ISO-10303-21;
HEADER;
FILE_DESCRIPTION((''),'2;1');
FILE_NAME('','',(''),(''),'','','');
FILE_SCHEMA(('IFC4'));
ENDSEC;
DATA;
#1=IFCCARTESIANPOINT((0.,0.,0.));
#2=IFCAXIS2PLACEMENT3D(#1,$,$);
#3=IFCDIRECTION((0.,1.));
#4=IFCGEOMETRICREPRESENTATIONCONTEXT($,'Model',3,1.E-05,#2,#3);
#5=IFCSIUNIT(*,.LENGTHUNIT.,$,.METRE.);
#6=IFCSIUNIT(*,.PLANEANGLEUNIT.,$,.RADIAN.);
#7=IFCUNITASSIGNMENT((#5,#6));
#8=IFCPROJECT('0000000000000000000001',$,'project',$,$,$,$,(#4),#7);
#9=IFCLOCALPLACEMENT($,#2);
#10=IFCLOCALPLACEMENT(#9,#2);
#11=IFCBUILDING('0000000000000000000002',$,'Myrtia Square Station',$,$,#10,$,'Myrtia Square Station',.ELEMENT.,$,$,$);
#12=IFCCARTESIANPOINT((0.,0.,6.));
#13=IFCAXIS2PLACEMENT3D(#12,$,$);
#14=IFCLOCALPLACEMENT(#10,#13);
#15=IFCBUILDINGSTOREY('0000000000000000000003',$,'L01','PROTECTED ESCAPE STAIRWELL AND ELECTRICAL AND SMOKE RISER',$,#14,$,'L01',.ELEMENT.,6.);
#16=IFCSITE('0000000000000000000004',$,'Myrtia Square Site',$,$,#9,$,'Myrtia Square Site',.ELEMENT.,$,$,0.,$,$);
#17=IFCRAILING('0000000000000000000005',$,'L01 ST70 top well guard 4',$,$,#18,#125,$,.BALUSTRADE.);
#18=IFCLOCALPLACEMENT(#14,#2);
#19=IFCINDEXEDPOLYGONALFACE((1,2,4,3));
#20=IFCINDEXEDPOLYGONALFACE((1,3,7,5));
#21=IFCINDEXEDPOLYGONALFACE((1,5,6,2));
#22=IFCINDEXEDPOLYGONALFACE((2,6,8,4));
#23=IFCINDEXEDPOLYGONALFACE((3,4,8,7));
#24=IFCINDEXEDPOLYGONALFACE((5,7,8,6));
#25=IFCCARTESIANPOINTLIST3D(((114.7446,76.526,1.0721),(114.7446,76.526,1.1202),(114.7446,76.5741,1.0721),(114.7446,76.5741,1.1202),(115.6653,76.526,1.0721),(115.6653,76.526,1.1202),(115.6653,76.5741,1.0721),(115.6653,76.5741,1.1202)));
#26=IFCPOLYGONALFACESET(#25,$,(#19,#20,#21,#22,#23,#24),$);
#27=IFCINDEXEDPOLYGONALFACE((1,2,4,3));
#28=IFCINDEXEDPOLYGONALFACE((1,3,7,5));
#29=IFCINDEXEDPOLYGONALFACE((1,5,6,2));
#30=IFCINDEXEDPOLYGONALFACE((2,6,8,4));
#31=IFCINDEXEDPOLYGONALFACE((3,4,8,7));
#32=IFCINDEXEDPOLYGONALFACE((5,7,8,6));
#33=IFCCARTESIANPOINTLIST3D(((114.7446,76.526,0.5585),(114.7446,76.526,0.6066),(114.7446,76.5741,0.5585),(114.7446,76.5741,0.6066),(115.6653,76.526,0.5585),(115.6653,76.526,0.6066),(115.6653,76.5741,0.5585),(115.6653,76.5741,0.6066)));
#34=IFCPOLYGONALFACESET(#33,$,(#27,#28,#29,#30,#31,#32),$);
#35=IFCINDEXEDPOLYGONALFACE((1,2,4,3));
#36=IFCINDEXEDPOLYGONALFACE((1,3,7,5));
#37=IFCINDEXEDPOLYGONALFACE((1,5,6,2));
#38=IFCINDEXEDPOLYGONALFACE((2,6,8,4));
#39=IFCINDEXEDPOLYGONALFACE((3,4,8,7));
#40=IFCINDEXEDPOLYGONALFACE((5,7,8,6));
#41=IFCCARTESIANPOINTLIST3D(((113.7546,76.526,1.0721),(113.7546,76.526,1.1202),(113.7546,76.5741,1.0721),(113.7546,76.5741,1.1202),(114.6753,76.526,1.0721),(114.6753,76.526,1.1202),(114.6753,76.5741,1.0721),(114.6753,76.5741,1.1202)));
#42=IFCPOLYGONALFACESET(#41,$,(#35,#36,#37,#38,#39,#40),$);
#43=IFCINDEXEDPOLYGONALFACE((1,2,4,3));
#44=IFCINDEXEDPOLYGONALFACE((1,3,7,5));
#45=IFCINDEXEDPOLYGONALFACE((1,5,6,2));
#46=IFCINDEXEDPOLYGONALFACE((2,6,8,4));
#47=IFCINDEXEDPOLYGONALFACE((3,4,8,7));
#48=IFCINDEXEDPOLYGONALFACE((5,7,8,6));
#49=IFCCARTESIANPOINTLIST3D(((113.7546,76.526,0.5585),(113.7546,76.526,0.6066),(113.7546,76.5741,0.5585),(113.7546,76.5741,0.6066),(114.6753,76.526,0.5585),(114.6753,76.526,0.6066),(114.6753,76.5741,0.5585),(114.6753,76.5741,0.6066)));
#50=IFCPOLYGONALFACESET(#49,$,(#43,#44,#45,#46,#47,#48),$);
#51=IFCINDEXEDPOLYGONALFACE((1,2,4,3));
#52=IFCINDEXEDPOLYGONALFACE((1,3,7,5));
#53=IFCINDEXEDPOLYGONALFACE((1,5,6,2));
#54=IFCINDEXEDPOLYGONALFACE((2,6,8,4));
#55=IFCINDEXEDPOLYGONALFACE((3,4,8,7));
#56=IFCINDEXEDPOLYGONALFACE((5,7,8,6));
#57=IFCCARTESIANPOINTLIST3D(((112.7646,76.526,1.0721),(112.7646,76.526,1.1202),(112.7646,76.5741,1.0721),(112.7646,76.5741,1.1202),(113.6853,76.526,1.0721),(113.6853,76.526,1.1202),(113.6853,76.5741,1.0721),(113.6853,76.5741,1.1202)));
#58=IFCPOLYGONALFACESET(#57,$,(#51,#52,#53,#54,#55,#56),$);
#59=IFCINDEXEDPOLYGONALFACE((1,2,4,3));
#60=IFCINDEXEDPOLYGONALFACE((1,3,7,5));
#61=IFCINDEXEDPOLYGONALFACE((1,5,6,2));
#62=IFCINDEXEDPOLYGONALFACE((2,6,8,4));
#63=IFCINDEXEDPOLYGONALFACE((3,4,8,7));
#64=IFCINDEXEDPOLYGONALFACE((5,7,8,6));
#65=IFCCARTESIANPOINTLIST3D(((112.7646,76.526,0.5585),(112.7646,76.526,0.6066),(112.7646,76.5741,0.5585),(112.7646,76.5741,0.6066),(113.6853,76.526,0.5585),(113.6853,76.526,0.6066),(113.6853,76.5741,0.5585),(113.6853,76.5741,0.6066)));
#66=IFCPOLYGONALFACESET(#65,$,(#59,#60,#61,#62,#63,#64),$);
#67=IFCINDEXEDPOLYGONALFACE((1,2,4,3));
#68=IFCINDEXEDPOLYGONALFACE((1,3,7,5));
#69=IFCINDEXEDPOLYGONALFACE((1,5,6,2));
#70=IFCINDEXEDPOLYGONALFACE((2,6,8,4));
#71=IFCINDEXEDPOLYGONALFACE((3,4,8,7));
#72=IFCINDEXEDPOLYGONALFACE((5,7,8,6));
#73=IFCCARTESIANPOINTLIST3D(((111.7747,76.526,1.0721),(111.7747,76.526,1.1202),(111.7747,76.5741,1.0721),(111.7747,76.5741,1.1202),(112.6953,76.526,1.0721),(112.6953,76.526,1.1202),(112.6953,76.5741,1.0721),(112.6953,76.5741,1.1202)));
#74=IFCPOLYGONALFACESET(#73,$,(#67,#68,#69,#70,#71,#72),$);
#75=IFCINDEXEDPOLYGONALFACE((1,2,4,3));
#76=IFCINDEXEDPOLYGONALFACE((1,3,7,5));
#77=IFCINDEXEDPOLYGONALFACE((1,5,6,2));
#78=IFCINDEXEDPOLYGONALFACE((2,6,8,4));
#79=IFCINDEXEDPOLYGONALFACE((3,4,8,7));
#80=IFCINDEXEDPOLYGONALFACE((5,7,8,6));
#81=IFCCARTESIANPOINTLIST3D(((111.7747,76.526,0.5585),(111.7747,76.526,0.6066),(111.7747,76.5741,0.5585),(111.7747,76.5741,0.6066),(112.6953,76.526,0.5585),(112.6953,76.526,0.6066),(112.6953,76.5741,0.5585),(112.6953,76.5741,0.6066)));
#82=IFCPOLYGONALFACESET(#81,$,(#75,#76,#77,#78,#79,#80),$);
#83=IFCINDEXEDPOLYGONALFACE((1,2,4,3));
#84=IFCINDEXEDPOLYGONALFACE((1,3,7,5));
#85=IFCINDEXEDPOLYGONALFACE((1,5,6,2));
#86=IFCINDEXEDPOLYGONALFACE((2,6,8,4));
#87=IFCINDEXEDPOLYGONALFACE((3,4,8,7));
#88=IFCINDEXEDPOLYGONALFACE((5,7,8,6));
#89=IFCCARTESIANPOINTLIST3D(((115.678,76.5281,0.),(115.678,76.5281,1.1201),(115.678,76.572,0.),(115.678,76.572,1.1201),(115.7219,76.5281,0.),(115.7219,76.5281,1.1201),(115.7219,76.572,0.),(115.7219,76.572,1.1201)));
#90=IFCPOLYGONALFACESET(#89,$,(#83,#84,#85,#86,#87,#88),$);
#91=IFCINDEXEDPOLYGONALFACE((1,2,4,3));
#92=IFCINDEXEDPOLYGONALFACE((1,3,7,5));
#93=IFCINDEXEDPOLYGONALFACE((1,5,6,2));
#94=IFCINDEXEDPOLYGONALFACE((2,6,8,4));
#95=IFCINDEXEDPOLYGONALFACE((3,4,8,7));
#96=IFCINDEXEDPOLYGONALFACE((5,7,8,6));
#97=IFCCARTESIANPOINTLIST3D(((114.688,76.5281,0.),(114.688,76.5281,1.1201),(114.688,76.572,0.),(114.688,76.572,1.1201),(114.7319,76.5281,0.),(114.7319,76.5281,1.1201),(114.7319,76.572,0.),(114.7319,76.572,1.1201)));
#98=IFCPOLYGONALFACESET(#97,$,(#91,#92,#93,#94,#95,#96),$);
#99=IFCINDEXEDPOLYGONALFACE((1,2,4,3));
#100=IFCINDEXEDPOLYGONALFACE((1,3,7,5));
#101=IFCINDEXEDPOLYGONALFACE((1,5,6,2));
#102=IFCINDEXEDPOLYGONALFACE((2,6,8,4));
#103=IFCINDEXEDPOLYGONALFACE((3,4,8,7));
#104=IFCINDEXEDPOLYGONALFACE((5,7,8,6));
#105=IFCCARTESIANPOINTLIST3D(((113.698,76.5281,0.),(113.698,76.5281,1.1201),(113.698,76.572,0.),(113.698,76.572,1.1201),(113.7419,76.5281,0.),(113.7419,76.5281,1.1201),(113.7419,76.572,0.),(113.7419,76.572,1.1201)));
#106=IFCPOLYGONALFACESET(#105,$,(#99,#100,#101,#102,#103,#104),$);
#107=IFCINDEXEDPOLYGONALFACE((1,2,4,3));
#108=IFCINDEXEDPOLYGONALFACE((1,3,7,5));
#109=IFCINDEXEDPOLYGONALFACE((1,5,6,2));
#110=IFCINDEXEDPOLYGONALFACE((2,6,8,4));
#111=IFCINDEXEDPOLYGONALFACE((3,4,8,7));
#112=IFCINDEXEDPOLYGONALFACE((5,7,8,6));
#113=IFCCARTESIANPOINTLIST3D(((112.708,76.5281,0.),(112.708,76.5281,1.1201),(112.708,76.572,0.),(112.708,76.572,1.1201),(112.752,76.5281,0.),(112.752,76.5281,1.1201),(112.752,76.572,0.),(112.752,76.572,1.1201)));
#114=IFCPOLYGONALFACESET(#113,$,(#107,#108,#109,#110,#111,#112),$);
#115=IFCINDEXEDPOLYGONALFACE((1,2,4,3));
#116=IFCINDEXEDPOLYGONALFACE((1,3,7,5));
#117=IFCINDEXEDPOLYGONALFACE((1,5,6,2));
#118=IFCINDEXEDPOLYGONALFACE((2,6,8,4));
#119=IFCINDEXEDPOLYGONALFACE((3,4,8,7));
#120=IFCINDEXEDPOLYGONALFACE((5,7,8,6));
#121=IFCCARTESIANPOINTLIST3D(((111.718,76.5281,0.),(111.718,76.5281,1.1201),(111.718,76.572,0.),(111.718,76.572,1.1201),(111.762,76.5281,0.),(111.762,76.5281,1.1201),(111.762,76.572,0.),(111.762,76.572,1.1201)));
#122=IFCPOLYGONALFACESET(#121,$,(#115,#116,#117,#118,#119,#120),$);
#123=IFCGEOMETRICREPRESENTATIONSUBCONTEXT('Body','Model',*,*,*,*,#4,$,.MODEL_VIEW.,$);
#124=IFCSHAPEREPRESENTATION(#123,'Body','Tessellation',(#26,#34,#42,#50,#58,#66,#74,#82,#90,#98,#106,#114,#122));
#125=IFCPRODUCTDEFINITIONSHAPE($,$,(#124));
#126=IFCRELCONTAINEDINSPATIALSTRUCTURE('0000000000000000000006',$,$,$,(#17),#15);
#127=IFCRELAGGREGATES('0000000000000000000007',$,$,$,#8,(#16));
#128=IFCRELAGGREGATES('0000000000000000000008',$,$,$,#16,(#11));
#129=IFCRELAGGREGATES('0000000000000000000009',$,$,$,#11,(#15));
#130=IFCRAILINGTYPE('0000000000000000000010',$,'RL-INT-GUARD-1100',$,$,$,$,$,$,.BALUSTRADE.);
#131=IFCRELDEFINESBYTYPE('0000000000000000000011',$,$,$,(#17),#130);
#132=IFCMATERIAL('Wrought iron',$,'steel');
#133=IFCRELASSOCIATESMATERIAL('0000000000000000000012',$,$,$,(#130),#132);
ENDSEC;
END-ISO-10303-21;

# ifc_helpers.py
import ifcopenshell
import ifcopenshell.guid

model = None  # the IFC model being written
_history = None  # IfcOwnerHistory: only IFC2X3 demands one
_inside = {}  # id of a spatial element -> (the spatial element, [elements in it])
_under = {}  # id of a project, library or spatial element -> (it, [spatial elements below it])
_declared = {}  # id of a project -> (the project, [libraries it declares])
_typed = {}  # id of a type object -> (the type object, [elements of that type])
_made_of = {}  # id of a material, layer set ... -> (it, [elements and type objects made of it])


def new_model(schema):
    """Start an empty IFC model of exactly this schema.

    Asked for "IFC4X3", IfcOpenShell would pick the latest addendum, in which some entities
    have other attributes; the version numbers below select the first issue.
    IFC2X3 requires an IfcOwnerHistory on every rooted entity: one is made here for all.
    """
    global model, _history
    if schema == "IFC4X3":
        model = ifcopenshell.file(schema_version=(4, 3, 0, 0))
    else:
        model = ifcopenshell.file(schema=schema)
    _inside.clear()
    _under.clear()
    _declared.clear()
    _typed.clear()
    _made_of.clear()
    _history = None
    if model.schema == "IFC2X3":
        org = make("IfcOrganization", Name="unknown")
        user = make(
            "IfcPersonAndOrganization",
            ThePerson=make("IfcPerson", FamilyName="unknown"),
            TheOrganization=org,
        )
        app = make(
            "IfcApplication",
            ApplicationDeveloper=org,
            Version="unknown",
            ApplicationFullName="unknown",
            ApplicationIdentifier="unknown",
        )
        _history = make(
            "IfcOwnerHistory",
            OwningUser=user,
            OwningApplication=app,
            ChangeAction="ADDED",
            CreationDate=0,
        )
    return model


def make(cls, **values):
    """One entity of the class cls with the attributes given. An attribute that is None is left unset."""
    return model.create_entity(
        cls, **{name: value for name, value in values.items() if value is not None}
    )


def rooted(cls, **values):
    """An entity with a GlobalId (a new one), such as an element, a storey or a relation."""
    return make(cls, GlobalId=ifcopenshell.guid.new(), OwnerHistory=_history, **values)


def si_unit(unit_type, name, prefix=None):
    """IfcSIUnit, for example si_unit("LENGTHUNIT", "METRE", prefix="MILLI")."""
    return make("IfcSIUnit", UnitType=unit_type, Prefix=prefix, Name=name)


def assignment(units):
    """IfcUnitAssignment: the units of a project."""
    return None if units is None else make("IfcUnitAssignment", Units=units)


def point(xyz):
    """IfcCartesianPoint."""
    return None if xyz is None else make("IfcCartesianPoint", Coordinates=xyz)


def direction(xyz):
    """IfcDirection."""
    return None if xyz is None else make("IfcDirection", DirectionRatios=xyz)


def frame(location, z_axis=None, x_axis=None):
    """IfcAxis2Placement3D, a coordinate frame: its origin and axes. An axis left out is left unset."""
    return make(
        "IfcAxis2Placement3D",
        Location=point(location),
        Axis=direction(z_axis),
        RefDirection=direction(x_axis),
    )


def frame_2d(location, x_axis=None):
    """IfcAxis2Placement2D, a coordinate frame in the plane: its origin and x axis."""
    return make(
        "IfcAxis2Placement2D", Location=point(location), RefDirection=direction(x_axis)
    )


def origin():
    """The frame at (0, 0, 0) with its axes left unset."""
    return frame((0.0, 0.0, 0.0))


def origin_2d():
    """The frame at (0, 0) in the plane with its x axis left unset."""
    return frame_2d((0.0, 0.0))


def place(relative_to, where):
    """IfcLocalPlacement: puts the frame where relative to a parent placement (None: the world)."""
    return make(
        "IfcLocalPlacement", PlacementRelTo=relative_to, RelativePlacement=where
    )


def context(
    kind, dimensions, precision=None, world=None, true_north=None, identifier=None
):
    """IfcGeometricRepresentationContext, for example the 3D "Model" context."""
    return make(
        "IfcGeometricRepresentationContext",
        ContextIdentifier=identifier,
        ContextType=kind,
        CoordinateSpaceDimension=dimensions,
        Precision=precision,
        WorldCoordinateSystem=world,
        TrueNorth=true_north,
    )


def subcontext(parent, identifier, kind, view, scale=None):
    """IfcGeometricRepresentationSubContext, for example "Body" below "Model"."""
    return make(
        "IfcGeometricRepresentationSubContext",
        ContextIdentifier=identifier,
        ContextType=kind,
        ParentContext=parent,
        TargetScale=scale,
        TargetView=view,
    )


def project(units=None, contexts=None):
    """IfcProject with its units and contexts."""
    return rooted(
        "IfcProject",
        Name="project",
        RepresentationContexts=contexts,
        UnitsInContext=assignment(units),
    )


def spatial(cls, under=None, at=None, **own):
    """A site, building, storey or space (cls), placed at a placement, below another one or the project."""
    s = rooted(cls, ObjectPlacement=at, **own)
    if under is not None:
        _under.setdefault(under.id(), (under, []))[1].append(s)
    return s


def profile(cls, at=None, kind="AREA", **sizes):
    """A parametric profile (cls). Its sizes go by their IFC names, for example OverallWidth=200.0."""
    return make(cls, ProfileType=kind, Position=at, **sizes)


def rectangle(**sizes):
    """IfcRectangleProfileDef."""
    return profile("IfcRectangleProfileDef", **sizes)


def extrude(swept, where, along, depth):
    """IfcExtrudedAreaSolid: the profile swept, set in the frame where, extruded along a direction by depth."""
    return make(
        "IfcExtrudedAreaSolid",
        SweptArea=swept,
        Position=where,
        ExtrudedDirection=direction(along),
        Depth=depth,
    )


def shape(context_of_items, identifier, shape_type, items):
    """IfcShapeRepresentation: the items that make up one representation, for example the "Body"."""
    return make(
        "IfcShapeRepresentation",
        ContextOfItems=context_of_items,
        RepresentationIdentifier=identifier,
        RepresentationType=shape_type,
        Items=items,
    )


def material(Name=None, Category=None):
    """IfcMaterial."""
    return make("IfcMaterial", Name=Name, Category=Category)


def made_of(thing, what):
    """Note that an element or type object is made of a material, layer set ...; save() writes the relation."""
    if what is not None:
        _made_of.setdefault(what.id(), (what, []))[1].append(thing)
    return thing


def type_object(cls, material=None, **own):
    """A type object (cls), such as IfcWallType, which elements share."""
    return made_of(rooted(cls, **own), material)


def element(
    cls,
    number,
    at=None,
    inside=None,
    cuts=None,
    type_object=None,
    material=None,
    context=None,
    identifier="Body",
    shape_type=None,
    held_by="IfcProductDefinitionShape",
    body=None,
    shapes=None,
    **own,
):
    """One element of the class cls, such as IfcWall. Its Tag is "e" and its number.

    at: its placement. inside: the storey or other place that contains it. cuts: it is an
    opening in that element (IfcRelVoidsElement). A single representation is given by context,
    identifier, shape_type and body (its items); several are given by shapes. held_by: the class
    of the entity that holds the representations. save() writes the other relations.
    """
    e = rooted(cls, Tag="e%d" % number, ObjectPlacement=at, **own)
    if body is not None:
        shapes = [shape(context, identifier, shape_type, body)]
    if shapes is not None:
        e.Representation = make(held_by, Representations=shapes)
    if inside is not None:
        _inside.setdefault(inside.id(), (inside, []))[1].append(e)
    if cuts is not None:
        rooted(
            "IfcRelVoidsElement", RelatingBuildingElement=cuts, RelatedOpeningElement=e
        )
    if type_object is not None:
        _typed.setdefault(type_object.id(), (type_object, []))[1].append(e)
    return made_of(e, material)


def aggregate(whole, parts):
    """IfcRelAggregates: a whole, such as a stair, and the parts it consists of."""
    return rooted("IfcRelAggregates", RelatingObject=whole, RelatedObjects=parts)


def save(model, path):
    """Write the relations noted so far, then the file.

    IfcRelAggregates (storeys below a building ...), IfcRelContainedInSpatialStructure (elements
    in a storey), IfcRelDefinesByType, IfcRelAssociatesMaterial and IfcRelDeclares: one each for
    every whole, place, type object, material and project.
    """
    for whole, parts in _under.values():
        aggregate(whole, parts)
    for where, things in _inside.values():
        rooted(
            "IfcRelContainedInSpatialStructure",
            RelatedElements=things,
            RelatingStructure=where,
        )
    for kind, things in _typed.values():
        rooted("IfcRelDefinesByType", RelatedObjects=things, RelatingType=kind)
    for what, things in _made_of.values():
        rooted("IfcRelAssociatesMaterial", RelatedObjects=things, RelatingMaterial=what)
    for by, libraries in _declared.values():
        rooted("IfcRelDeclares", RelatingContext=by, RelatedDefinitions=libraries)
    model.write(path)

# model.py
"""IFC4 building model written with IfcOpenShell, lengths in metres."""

from ifc_helpers import new_model, si_unit, direction, frame, origin, origin_2d, place, context, subcontext, project, spatial, rectangle, extrude, material, type_object, element, save


model = new_model("IFC4")

# Units and contexts
model_context = context("Model", 3, precision=1e-05, world=origin(), true_north=direction((0.0, 1.0)))
body_context = subcontext(model_context, "Body", "Model", "MODEL_VIEW")
ifc_project = project(units=[si_unit("LENGTHUNIT", "METRE"), si_unit("PLANEANGLEUNIT", "RADIAN")], contexts=[model_context])

# Site, building, storey
site_placement = place(None, origin())
site = spatial("IfcSite", under=ifc_project, at=site_placement, Name="Myrtia Square Site", LongName="Myrtia Square Site", CompositionType="ELEMENT", RefElevation=0.0)
building_placement = place(site_placement, origin())
building = spatial("IfcBuilding", under=site, at=building_placement, Name="Myrtia Square Station", LongName="Myrtia Square Station", CompositionType="ELEMENT")
storey_placement = place(building_placement, frame((0.0, 0.0, 6.0)))
storey = spatial("IfcBuildingStorey", under=building, at=storey_placement, Name="L01", Description="PROTECTED ESCAPE STAIRWELL AND ELECTRICAL AND SMOKE RISER", LongName="L01", CompositionType="ELEMENT", Elevation=6.0)

# Railing
ifc_material_1 = material(Name="Wrought iron", Category="steel")
railing_type = type_object("IfcRailingType", Name="RL-INT-GUARD-1100", PredefinedType="BALUSTRADE", material=ifc_material_1)
railing_1_placement = place(storey_placement, frame((115.7, 76.55, 0.0)))
element("IfcRailing", 1, at=railing_1_placement, inside=storey, type_object=railing_type, Name="L01 ST70 top well guard 4", PredefinedType="BALUSTRADE", context=body_context, shape_type="SweptSolid", body=[
    extrude(rectangle(XDim=0.0481, YDim=0.0481, at=origin_2d()), frame((-0.0347, 0.0, 1.0962), z_axis=(-1.0, 0.0, 0.0), x_axis=(0.0, -1.0, 0.0)), (0.0, 0.0, 1.0), 0.9207),
    extrude(rectangle(XDim=0.0481, YDim=0.0481, at=origin_2d()), frame((-0.0347, 0.0, 0.5825), z_axis=(-1.0, 0.0, 0.0), x_axis=(0.0, -1.0, 0.0)), (0.0, 0.0, 1.0), 0.9207),
    extrude(rectangle(XDim=0.0481, YDim=0.0481, at=origin_2d()), frame((-1.0247, 0.0, 1.0962), z_axis=(-1.0, 0.0, 0.0), x_axis=(0.0, -1.0, 0.0)), (0.0, 0.0, 1.0), 0.9207),
    extrude(rectangle(XDim=0.0481, YDim=0.0481, at=origin_2d()), frame((-1.0247, 0.0, 0.5825), z_axis=(-1.0, 0.0, 0.0), x_axis=(0.0, -1.0, 0.0)), (0.0, 0.0, 1.0), 0.9207),
    extrude(rectangle(XDim=0.0481, YDim=0.0481, at=origin_2d()), frame((-2.0146, 0.0, 1.0962), z_axis=(-1.0, 0.0, 0.0), x_axis=(0.0, -1.0, 0.0)), (0.0, 0.0, 1.0), 0.9207),
    extrude(rectangle(XDim=0.0481, YDim=0.0481, at=origin_2d()), frame((-2.0146, 0.0, 0.5825), z_axis=(-1.0, 0.0, 0.0), x_axis=(0.0, -1.0, 0.0)), (0.0, 0.0, 1.0), 0.9207),
    extrude(rectangle(XDim=0.0481, YDim=0.0481, at=origin_2d()), frame((-3.0046, 0.0, 1.0962), z_axis=(-1.0, 0.0, 0.0), x_axis=(0.0, -1.0, 0.0)), (0.0, 0.0, 1.0), 0.9207),
    extrude(rectangle(XDim=0.0481, YDim=0.0481, at=origin_2d()), frame((-3.0046, 0.0, 0.5825), z_axis=(-1.0, 0.0, 0.0), x_axis=(0.0, -1.0, 0.0)), (0.0, 0.0, 1.0), 0.9207),
    extrude(rectangle(XDim=0.0439, YDim=0.0439, at=origin_2d()), origin(), (0.0, 0.0, 1.0), 1.1201),
    extrude(rectangle(XDim=0.0439, YDim=0.0439, at=origin_2d()), frame((-0.99, 0.0, 0.0)), (0.0, 0.0, 1.0), 1.1201),
    extrude(rectangle(XDim=0.0439, YDim=0.0439, at=origin_2d()), frame((-1.98, 0.0, 0.0)), (0.0, 0.0, 1.0), 1.1201),
    extrude(rectangle(XDim=0.0439, YDim=0.0439, at=origin_2d()), frame((-2.97, 0.0, 0.0)), (0.0, 0.0, 1.0), 1.1201),
    extrude(rectangle(XDim=0.0439, YDim=0.0439, at=origin_2d()), frame((-3.96, 0.0, 0.0)), (0.0, 0.0, 1.0), 1.1201),
])

save(model, "model.ifc")
